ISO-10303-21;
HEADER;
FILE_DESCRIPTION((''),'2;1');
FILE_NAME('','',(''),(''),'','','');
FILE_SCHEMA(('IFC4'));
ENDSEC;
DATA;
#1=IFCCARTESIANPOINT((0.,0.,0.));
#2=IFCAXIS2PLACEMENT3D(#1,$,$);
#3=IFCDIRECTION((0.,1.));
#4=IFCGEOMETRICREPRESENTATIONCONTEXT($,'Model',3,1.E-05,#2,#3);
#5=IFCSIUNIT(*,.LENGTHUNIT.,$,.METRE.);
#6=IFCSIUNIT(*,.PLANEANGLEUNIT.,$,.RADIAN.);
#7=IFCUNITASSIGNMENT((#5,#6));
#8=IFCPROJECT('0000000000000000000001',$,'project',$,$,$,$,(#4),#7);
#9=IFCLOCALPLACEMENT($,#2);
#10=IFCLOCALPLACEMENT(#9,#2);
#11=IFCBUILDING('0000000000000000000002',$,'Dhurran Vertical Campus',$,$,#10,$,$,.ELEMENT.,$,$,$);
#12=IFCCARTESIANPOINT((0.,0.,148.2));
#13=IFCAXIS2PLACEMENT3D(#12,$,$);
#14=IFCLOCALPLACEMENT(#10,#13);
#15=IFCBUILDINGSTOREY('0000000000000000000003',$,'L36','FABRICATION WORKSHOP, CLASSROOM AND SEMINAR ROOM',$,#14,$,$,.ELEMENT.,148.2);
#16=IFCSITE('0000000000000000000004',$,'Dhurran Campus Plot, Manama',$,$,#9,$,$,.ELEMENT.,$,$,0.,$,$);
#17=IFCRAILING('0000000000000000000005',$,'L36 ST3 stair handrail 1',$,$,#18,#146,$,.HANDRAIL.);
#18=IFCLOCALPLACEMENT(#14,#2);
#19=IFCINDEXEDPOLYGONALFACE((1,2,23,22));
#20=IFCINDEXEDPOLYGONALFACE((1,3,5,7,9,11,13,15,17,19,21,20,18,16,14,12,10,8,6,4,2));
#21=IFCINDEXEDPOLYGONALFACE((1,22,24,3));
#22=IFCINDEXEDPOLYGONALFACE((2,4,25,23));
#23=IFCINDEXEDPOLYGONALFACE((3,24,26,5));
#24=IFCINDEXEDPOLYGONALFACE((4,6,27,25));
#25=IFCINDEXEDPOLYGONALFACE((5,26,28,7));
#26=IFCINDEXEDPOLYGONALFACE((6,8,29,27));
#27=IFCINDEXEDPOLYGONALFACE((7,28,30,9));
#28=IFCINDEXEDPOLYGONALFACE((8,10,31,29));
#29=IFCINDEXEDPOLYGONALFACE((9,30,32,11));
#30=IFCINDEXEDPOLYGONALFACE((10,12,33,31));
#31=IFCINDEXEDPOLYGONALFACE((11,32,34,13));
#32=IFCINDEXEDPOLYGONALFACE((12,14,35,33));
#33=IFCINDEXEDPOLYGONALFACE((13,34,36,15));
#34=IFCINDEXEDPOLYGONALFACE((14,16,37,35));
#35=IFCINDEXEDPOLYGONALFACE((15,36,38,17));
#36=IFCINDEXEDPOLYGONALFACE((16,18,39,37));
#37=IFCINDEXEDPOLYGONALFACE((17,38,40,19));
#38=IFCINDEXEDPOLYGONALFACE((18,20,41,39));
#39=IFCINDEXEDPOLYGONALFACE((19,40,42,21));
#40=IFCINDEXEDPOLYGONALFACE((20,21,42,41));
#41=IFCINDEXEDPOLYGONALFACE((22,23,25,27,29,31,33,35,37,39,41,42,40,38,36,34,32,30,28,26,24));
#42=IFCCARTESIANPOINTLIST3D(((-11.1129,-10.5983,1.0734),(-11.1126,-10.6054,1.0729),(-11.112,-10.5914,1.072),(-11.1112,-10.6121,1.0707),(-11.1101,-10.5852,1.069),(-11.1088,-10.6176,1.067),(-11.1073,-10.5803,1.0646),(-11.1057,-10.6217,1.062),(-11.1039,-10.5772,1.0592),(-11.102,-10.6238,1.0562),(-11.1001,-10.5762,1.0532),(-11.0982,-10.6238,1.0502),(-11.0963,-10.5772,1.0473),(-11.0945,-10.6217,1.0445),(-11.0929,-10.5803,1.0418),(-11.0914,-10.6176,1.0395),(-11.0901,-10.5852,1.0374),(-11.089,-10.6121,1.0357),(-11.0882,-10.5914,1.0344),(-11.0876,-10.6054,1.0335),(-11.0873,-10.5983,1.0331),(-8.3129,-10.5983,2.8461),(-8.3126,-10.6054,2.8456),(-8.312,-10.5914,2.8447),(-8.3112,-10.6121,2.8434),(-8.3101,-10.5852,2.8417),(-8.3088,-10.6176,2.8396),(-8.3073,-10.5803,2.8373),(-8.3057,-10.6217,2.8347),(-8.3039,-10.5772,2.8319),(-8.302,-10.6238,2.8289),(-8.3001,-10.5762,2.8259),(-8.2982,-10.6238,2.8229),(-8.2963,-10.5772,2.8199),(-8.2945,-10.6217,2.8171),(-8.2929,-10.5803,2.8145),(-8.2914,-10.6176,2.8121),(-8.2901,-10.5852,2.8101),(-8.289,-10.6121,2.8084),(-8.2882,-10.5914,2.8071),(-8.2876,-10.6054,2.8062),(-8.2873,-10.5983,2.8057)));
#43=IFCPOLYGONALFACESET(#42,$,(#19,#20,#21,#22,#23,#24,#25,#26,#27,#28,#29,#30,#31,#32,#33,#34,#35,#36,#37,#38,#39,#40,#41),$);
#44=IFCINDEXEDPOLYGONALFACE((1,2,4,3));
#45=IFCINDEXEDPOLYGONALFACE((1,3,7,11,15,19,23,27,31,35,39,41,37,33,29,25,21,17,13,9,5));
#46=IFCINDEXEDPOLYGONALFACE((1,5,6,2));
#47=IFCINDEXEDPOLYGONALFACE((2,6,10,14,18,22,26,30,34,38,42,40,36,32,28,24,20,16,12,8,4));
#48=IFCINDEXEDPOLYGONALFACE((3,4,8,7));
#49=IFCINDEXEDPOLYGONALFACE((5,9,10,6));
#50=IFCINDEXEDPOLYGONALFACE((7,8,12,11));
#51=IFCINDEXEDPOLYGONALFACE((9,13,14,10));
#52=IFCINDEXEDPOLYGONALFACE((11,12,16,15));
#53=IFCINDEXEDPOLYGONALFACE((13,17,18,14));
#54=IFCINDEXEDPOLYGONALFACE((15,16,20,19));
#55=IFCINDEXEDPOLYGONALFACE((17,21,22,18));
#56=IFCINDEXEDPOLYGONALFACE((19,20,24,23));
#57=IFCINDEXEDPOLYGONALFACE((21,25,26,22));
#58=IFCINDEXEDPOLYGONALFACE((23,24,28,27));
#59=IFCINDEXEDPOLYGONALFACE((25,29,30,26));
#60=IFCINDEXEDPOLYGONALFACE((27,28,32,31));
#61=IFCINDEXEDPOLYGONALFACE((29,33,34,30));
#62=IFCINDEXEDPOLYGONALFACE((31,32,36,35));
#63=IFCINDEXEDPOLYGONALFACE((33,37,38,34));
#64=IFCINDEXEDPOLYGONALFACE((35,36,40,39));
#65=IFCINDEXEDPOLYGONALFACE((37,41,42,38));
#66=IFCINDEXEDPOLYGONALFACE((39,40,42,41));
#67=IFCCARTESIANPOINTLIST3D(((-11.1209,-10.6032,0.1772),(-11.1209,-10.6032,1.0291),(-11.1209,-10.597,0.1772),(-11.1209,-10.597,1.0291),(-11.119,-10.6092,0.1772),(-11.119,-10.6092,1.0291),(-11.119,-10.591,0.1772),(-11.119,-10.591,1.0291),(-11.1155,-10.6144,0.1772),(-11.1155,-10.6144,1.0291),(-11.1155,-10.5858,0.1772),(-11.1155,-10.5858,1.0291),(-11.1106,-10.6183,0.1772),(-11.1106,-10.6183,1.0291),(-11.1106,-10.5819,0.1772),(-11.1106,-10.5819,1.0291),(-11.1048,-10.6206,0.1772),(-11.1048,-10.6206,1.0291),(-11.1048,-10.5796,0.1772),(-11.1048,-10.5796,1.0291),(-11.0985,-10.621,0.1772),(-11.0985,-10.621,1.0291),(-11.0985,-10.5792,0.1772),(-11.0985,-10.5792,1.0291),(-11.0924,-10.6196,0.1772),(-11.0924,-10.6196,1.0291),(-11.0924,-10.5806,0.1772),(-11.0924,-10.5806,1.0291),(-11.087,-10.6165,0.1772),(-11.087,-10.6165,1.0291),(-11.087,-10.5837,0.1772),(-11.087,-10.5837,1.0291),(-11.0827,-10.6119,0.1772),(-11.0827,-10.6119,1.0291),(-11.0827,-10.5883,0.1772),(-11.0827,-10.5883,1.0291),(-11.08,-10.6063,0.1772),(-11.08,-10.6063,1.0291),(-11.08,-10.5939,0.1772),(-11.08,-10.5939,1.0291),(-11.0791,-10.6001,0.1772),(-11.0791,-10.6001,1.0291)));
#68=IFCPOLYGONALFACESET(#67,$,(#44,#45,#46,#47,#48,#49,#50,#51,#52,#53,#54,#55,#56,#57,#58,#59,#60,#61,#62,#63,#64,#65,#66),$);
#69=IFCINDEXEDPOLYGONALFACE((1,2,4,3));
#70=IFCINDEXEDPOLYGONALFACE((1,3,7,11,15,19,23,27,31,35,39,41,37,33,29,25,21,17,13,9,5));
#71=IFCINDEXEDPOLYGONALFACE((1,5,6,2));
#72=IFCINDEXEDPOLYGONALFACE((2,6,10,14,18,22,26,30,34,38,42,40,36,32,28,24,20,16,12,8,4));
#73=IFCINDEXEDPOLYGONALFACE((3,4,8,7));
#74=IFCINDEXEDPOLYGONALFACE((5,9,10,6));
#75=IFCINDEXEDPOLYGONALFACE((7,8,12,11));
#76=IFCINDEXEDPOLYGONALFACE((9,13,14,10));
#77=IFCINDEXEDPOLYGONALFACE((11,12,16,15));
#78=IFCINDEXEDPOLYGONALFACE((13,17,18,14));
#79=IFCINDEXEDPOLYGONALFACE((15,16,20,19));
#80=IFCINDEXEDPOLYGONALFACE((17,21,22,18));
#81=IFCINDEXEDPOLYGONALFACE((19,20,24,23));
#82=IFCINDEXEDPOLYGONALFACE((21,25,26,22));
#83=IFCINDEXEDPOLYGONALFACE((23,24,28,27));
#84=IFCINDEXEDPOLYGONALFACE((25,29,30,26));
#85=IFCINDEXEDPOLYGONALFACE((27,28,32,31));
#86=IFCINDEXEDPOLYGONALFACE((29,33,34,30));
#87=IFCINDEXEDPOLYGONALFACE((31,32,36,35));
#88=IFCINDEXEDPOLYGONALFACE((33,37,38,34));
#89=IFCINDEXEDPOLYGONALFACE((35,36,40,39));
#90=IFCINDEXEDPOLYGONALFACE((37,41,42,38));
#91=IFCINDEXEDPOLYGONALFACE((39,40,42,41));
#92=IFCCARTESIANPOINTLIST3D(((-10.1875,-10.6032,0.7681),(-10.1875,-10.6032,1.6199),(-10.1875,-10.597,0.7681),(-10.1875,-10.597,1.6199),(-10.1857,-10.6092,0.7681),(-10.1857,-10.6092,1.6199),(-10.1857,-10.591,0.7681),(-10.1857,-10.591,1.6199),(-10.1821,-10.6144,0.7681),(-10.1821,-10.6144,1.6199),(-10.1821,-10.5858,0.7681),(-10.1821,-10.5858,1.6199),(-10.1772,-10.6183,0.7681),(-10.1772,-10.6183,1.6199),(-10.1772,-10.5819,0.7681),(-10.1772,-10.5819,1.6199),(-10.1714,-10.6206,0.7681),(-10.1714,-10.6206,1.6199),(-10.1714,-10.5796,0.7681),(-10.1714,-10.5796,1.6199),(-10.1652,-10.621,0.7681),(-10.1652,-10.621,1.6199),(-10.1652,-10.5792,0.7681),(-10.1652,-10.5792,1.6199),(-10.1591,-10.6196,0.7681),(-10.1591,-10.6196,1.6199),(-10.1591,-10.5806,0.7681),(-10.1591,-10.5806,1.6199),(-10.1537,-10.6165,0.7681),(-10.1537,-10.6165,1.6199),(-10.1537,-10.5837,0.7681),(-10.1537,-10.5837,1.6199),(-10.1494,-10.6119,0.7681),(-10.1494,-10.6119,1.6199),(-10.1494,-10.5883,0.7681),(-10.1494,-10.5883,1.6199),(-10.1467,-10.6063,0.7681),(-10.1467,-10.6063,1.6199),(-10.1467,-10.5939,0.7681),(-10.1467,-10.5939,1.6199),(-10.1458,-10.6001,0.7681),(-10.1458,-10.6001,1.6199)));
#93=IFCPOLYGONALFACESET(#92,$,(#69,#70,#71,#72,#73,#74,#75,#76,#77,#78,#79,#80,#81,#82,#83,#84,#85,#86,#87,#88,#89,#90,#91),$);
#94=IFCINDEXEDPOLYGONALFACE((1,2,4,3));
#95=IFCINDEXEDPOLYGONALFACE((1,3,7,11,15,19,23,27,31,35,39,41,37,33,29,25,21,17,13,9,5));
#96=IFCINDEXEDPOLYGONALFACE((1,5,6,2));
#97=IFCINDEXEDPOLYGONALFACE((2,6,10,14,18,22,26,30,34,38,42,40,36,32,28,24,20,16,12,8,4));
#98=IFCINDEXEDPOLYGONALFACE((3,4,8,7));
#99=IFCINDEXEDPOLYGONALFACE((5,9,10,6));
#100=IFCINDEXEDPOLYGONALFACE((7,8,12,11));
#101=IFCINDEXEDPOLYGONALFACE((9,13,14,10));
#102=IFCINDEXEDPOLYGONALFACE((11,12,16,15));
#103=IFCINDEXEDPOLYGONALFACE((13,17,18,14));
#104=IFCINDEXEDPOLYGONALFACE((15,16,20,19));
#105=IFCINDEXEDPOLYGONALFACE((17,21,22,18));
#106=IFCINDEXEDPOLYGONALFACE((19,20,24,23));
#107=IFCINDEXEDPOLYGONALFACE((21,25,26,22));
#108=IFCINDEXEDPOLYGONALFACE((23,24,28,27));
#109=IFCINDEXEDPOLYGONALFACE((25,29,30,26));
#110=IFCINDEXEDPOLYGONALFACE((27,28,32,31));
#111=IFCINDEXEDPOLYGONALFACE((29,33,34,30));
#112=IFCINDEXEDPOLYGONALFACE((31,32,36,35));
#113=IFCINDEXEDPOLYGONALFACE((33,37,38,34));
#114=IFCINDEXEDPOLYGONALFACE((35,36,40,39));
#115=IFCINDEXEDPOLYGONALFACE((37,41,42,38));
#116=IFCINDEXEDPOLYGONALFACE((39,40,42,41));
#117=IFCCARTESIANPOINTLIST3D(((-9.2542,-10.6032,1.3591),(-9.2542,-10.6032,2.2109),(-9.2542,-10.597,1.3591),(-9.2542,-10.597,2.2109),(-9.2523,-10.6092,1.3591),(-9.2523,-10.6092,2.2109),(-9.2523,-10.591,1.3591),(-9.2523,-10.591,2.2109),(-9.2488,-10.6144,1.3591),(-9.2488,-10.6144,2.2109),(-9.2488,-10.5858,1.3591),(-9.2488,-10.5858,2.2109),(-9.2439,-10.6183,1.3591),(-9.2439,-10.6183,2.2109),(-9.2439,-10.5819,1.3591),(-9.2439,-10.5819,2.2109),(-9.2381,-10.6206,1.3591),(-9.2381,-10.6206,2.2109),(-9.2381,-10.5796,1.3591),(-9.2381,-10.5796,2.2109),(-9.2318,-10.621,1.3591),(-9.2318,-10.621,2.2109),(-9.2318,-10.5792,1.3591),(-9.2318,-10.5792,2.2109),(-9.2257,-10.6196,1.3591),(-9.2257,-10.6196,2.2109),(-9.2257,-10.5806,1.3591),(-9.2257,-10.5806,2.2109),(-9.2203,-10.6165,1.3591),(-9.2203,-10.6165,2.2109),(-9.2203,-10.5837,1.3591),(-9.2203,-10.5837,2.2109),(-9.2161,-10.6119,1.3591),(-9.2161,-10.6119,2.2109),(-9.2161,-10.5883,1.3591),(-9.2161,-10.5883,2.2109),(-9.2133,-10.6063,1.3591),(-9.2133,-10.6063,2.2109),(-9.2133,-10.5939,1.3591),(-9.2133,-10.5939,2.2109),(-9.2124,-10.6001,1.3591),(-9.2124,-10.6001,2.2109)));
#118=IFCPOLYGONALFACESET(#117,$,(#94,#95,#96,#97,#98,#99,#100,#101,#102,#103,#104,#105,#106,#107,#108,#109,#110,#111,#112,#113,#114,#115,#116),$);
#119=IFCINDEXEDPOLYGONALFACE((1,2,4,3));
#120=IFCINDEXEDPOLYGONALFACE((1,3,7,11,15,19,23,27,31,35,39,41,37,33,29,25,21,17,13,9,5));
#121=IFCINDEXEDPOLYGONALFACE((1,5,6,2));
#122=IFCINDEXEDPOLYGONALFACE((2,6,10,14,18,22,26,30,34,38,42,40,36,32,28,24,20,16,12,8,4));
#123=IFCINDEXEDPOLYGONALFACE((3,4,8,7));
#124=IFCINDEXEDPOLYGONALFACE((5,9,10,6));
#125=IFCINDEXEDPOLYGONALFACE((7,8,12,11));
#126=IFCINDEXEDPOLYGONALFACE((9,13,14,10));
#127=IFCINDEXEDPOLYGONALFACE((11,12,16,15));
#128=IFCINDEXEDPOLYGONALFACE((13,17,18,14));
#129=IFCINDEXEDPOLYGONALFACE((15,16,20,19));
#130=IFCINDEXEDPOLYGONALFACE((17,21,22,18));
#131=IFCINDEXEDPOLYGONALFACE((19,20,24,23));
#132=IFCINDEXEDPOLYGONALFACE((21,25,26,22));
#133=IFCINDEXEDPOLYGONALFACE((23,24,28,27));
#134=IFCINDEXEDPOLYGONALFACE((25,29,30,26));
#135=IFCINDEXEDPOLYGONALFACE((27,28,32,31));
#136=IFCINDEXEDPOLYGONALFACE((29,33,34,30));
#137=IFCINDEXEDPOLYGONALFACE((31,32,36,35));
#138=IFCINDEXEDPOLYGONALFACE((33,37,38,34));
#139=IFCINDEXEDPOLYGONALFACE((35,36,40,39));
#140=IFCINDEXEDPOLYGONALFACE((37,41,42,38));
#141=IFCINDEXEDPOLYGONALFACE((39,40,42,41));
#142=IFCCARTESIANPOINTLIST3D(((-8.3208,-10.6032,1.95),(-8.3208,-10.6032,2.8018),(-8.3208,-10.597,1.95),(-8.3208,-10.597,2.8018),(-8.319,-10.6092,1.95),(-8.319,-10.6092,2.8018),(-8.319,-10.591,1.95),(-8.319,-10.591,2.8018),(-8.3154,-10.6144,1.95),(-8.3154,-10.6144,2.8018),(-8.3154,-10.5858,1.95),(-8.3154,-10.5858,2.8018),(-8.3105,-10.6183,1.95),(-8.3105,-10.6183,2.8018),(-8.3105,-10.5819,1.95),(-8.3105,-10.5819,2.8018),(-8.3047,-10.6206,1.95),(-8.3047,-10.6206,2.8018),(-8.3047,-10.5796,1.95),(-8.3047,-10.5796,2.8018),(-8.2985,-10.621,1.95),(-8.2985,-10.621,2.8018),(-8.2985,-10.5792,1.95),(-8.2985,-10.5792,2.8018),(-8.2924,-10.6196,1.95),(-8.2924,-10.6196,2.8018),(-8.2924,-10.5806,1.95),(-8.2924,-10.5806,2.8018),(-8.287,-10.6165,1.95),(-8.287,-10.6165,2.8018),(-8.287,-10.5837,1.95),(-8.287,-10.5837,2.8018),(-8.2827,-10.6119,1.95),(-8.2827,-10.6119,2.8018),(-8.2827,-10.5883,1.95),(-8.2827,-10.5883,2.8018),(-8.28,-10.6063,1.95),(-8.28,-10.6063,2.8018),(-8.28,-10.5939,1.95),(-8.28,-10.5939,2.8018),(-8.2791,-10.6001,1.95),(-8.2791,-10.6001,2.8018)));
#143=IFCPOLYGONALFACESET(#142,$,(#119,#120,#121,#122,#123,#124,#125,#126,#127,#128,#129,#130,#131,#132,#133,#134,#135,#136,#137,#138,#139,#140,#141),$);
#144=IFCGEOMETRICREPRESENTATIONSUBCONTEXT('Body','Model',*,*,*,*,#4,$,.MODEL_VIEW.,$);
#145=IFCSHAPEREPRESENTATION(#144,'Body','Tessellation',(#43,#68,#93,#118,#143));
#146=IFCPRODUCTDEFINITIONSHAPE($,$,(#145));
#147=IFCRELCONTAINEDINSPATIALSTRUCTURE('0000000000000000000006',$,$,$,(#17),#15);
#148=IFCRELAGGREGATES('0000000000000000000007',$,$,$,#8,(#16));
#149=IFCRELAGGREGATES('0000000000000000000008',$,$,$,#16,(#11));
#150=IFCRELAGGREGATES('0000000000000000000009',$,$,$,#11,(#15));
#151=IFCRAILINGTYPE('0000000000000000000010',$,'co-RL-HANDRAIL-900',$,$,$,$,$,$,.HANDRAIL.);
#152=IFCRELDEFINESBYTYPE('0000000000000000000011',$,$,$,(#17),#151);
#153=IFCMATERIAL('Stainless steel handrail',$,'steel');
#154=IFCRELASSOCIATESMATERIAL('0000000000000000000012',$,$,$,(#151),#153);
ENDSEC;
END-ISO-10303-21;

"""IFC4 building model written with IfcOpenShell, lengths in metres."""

from ifc_helpers import new_model, si_unit, direction, frame, origin, origin_2d, place, context, subcontext, project, spatial, circle, extrude, material, type_object, element, save


model = new_model("IFC4")

# Units and contexts
model_context = context("Model", 3, precision=1e-05, world=origin(), true_north=direction((0.0, 1.0)))
body_context = subcontext(model_context, "Body", "Model", "MODEL_VIEW")
ifc_project = project(units=[si_unit("LENGTHUNIT", "METRE"), si_unit("PLANEANGLEUNIT", "RADIAN")], contexts=[model_context])

# Site, building, storey
site_placement = place(None, origin())
site = spatial("IfcSite", under=ifc_project, at=site_placement, Name="Dhurran Campus Plot, Manama", CompositionType="ELEMENT", RefElevation=0.0)
building_placement = place(site_placement, origin())
building = spatial("IfcBuilding", under=site, at=building_placement, Name="Dhurran Vertical Campus", CompositionType="ELEMENT")
storey_placement = place(building_placement, frame((0.0, 0.0, 148.2)))
storey = spatial("IfcBuildingStorey", under=building, at=storey_placement, Name="L36", Description="FABRICATION WORKSHOP, CLASSROOM AND SEMINAR ROOM", CompositionType="ELEMENT", Elevation=148.2)

# Railing
ifc_material_1 = material(Name="Stainless steel handrail", Category="steel")
railing_type_1 = type_object("IfcRailingType", Name="co-RL-HANDRAIL-900", PredefinedType="HANDRAIL", material=ifc_material_1)
railing_1_placement = place(storey_placement, frame((-11.1001, -10.6001, 0.1772)))
element("IfcRailing", 1, at=railing_1_placement, inside=storey, type_object=railing_type_1, Name="L36 ST3 stair handrail 1", PredefinedType="HANDRAIL", context=body_context, shape_type="SweptSolid", body=[
    extrude(circle(Radius=0.0239, at=origin_2d()), frame((0.0, 0.0, 0.876), z_axis=(0.844909, 0.0, 0.53491), x_axis=(0.0, 1.0, 0.0)), (0.0, 0.0, 1.0), 3.314),
    extrude(circle(Radius=0.021, at=origin_2d()), origin(), (0.0, 0.0, 1.0), 0.8518),
    extrude(circle(Radius=0.021, at=origin_2d()), frame((0.9333, 0.0, 0.5908)), (0.0, 0.0, 1.0), 0.8518),
    extrude(circle(Radius=0.021, at=origin_2d()), frame((1.8667, 0.0, 1.1819)), (0.0, 0.0, 1.0), 0.8518),
    extrude(circle(Radius=0.021, at=origin_2d()), frame((2.8, 0.0, 1.7727)), (0.0, 0.0, 1.0), 0.8518),
])

save(model, "model.ifc")
